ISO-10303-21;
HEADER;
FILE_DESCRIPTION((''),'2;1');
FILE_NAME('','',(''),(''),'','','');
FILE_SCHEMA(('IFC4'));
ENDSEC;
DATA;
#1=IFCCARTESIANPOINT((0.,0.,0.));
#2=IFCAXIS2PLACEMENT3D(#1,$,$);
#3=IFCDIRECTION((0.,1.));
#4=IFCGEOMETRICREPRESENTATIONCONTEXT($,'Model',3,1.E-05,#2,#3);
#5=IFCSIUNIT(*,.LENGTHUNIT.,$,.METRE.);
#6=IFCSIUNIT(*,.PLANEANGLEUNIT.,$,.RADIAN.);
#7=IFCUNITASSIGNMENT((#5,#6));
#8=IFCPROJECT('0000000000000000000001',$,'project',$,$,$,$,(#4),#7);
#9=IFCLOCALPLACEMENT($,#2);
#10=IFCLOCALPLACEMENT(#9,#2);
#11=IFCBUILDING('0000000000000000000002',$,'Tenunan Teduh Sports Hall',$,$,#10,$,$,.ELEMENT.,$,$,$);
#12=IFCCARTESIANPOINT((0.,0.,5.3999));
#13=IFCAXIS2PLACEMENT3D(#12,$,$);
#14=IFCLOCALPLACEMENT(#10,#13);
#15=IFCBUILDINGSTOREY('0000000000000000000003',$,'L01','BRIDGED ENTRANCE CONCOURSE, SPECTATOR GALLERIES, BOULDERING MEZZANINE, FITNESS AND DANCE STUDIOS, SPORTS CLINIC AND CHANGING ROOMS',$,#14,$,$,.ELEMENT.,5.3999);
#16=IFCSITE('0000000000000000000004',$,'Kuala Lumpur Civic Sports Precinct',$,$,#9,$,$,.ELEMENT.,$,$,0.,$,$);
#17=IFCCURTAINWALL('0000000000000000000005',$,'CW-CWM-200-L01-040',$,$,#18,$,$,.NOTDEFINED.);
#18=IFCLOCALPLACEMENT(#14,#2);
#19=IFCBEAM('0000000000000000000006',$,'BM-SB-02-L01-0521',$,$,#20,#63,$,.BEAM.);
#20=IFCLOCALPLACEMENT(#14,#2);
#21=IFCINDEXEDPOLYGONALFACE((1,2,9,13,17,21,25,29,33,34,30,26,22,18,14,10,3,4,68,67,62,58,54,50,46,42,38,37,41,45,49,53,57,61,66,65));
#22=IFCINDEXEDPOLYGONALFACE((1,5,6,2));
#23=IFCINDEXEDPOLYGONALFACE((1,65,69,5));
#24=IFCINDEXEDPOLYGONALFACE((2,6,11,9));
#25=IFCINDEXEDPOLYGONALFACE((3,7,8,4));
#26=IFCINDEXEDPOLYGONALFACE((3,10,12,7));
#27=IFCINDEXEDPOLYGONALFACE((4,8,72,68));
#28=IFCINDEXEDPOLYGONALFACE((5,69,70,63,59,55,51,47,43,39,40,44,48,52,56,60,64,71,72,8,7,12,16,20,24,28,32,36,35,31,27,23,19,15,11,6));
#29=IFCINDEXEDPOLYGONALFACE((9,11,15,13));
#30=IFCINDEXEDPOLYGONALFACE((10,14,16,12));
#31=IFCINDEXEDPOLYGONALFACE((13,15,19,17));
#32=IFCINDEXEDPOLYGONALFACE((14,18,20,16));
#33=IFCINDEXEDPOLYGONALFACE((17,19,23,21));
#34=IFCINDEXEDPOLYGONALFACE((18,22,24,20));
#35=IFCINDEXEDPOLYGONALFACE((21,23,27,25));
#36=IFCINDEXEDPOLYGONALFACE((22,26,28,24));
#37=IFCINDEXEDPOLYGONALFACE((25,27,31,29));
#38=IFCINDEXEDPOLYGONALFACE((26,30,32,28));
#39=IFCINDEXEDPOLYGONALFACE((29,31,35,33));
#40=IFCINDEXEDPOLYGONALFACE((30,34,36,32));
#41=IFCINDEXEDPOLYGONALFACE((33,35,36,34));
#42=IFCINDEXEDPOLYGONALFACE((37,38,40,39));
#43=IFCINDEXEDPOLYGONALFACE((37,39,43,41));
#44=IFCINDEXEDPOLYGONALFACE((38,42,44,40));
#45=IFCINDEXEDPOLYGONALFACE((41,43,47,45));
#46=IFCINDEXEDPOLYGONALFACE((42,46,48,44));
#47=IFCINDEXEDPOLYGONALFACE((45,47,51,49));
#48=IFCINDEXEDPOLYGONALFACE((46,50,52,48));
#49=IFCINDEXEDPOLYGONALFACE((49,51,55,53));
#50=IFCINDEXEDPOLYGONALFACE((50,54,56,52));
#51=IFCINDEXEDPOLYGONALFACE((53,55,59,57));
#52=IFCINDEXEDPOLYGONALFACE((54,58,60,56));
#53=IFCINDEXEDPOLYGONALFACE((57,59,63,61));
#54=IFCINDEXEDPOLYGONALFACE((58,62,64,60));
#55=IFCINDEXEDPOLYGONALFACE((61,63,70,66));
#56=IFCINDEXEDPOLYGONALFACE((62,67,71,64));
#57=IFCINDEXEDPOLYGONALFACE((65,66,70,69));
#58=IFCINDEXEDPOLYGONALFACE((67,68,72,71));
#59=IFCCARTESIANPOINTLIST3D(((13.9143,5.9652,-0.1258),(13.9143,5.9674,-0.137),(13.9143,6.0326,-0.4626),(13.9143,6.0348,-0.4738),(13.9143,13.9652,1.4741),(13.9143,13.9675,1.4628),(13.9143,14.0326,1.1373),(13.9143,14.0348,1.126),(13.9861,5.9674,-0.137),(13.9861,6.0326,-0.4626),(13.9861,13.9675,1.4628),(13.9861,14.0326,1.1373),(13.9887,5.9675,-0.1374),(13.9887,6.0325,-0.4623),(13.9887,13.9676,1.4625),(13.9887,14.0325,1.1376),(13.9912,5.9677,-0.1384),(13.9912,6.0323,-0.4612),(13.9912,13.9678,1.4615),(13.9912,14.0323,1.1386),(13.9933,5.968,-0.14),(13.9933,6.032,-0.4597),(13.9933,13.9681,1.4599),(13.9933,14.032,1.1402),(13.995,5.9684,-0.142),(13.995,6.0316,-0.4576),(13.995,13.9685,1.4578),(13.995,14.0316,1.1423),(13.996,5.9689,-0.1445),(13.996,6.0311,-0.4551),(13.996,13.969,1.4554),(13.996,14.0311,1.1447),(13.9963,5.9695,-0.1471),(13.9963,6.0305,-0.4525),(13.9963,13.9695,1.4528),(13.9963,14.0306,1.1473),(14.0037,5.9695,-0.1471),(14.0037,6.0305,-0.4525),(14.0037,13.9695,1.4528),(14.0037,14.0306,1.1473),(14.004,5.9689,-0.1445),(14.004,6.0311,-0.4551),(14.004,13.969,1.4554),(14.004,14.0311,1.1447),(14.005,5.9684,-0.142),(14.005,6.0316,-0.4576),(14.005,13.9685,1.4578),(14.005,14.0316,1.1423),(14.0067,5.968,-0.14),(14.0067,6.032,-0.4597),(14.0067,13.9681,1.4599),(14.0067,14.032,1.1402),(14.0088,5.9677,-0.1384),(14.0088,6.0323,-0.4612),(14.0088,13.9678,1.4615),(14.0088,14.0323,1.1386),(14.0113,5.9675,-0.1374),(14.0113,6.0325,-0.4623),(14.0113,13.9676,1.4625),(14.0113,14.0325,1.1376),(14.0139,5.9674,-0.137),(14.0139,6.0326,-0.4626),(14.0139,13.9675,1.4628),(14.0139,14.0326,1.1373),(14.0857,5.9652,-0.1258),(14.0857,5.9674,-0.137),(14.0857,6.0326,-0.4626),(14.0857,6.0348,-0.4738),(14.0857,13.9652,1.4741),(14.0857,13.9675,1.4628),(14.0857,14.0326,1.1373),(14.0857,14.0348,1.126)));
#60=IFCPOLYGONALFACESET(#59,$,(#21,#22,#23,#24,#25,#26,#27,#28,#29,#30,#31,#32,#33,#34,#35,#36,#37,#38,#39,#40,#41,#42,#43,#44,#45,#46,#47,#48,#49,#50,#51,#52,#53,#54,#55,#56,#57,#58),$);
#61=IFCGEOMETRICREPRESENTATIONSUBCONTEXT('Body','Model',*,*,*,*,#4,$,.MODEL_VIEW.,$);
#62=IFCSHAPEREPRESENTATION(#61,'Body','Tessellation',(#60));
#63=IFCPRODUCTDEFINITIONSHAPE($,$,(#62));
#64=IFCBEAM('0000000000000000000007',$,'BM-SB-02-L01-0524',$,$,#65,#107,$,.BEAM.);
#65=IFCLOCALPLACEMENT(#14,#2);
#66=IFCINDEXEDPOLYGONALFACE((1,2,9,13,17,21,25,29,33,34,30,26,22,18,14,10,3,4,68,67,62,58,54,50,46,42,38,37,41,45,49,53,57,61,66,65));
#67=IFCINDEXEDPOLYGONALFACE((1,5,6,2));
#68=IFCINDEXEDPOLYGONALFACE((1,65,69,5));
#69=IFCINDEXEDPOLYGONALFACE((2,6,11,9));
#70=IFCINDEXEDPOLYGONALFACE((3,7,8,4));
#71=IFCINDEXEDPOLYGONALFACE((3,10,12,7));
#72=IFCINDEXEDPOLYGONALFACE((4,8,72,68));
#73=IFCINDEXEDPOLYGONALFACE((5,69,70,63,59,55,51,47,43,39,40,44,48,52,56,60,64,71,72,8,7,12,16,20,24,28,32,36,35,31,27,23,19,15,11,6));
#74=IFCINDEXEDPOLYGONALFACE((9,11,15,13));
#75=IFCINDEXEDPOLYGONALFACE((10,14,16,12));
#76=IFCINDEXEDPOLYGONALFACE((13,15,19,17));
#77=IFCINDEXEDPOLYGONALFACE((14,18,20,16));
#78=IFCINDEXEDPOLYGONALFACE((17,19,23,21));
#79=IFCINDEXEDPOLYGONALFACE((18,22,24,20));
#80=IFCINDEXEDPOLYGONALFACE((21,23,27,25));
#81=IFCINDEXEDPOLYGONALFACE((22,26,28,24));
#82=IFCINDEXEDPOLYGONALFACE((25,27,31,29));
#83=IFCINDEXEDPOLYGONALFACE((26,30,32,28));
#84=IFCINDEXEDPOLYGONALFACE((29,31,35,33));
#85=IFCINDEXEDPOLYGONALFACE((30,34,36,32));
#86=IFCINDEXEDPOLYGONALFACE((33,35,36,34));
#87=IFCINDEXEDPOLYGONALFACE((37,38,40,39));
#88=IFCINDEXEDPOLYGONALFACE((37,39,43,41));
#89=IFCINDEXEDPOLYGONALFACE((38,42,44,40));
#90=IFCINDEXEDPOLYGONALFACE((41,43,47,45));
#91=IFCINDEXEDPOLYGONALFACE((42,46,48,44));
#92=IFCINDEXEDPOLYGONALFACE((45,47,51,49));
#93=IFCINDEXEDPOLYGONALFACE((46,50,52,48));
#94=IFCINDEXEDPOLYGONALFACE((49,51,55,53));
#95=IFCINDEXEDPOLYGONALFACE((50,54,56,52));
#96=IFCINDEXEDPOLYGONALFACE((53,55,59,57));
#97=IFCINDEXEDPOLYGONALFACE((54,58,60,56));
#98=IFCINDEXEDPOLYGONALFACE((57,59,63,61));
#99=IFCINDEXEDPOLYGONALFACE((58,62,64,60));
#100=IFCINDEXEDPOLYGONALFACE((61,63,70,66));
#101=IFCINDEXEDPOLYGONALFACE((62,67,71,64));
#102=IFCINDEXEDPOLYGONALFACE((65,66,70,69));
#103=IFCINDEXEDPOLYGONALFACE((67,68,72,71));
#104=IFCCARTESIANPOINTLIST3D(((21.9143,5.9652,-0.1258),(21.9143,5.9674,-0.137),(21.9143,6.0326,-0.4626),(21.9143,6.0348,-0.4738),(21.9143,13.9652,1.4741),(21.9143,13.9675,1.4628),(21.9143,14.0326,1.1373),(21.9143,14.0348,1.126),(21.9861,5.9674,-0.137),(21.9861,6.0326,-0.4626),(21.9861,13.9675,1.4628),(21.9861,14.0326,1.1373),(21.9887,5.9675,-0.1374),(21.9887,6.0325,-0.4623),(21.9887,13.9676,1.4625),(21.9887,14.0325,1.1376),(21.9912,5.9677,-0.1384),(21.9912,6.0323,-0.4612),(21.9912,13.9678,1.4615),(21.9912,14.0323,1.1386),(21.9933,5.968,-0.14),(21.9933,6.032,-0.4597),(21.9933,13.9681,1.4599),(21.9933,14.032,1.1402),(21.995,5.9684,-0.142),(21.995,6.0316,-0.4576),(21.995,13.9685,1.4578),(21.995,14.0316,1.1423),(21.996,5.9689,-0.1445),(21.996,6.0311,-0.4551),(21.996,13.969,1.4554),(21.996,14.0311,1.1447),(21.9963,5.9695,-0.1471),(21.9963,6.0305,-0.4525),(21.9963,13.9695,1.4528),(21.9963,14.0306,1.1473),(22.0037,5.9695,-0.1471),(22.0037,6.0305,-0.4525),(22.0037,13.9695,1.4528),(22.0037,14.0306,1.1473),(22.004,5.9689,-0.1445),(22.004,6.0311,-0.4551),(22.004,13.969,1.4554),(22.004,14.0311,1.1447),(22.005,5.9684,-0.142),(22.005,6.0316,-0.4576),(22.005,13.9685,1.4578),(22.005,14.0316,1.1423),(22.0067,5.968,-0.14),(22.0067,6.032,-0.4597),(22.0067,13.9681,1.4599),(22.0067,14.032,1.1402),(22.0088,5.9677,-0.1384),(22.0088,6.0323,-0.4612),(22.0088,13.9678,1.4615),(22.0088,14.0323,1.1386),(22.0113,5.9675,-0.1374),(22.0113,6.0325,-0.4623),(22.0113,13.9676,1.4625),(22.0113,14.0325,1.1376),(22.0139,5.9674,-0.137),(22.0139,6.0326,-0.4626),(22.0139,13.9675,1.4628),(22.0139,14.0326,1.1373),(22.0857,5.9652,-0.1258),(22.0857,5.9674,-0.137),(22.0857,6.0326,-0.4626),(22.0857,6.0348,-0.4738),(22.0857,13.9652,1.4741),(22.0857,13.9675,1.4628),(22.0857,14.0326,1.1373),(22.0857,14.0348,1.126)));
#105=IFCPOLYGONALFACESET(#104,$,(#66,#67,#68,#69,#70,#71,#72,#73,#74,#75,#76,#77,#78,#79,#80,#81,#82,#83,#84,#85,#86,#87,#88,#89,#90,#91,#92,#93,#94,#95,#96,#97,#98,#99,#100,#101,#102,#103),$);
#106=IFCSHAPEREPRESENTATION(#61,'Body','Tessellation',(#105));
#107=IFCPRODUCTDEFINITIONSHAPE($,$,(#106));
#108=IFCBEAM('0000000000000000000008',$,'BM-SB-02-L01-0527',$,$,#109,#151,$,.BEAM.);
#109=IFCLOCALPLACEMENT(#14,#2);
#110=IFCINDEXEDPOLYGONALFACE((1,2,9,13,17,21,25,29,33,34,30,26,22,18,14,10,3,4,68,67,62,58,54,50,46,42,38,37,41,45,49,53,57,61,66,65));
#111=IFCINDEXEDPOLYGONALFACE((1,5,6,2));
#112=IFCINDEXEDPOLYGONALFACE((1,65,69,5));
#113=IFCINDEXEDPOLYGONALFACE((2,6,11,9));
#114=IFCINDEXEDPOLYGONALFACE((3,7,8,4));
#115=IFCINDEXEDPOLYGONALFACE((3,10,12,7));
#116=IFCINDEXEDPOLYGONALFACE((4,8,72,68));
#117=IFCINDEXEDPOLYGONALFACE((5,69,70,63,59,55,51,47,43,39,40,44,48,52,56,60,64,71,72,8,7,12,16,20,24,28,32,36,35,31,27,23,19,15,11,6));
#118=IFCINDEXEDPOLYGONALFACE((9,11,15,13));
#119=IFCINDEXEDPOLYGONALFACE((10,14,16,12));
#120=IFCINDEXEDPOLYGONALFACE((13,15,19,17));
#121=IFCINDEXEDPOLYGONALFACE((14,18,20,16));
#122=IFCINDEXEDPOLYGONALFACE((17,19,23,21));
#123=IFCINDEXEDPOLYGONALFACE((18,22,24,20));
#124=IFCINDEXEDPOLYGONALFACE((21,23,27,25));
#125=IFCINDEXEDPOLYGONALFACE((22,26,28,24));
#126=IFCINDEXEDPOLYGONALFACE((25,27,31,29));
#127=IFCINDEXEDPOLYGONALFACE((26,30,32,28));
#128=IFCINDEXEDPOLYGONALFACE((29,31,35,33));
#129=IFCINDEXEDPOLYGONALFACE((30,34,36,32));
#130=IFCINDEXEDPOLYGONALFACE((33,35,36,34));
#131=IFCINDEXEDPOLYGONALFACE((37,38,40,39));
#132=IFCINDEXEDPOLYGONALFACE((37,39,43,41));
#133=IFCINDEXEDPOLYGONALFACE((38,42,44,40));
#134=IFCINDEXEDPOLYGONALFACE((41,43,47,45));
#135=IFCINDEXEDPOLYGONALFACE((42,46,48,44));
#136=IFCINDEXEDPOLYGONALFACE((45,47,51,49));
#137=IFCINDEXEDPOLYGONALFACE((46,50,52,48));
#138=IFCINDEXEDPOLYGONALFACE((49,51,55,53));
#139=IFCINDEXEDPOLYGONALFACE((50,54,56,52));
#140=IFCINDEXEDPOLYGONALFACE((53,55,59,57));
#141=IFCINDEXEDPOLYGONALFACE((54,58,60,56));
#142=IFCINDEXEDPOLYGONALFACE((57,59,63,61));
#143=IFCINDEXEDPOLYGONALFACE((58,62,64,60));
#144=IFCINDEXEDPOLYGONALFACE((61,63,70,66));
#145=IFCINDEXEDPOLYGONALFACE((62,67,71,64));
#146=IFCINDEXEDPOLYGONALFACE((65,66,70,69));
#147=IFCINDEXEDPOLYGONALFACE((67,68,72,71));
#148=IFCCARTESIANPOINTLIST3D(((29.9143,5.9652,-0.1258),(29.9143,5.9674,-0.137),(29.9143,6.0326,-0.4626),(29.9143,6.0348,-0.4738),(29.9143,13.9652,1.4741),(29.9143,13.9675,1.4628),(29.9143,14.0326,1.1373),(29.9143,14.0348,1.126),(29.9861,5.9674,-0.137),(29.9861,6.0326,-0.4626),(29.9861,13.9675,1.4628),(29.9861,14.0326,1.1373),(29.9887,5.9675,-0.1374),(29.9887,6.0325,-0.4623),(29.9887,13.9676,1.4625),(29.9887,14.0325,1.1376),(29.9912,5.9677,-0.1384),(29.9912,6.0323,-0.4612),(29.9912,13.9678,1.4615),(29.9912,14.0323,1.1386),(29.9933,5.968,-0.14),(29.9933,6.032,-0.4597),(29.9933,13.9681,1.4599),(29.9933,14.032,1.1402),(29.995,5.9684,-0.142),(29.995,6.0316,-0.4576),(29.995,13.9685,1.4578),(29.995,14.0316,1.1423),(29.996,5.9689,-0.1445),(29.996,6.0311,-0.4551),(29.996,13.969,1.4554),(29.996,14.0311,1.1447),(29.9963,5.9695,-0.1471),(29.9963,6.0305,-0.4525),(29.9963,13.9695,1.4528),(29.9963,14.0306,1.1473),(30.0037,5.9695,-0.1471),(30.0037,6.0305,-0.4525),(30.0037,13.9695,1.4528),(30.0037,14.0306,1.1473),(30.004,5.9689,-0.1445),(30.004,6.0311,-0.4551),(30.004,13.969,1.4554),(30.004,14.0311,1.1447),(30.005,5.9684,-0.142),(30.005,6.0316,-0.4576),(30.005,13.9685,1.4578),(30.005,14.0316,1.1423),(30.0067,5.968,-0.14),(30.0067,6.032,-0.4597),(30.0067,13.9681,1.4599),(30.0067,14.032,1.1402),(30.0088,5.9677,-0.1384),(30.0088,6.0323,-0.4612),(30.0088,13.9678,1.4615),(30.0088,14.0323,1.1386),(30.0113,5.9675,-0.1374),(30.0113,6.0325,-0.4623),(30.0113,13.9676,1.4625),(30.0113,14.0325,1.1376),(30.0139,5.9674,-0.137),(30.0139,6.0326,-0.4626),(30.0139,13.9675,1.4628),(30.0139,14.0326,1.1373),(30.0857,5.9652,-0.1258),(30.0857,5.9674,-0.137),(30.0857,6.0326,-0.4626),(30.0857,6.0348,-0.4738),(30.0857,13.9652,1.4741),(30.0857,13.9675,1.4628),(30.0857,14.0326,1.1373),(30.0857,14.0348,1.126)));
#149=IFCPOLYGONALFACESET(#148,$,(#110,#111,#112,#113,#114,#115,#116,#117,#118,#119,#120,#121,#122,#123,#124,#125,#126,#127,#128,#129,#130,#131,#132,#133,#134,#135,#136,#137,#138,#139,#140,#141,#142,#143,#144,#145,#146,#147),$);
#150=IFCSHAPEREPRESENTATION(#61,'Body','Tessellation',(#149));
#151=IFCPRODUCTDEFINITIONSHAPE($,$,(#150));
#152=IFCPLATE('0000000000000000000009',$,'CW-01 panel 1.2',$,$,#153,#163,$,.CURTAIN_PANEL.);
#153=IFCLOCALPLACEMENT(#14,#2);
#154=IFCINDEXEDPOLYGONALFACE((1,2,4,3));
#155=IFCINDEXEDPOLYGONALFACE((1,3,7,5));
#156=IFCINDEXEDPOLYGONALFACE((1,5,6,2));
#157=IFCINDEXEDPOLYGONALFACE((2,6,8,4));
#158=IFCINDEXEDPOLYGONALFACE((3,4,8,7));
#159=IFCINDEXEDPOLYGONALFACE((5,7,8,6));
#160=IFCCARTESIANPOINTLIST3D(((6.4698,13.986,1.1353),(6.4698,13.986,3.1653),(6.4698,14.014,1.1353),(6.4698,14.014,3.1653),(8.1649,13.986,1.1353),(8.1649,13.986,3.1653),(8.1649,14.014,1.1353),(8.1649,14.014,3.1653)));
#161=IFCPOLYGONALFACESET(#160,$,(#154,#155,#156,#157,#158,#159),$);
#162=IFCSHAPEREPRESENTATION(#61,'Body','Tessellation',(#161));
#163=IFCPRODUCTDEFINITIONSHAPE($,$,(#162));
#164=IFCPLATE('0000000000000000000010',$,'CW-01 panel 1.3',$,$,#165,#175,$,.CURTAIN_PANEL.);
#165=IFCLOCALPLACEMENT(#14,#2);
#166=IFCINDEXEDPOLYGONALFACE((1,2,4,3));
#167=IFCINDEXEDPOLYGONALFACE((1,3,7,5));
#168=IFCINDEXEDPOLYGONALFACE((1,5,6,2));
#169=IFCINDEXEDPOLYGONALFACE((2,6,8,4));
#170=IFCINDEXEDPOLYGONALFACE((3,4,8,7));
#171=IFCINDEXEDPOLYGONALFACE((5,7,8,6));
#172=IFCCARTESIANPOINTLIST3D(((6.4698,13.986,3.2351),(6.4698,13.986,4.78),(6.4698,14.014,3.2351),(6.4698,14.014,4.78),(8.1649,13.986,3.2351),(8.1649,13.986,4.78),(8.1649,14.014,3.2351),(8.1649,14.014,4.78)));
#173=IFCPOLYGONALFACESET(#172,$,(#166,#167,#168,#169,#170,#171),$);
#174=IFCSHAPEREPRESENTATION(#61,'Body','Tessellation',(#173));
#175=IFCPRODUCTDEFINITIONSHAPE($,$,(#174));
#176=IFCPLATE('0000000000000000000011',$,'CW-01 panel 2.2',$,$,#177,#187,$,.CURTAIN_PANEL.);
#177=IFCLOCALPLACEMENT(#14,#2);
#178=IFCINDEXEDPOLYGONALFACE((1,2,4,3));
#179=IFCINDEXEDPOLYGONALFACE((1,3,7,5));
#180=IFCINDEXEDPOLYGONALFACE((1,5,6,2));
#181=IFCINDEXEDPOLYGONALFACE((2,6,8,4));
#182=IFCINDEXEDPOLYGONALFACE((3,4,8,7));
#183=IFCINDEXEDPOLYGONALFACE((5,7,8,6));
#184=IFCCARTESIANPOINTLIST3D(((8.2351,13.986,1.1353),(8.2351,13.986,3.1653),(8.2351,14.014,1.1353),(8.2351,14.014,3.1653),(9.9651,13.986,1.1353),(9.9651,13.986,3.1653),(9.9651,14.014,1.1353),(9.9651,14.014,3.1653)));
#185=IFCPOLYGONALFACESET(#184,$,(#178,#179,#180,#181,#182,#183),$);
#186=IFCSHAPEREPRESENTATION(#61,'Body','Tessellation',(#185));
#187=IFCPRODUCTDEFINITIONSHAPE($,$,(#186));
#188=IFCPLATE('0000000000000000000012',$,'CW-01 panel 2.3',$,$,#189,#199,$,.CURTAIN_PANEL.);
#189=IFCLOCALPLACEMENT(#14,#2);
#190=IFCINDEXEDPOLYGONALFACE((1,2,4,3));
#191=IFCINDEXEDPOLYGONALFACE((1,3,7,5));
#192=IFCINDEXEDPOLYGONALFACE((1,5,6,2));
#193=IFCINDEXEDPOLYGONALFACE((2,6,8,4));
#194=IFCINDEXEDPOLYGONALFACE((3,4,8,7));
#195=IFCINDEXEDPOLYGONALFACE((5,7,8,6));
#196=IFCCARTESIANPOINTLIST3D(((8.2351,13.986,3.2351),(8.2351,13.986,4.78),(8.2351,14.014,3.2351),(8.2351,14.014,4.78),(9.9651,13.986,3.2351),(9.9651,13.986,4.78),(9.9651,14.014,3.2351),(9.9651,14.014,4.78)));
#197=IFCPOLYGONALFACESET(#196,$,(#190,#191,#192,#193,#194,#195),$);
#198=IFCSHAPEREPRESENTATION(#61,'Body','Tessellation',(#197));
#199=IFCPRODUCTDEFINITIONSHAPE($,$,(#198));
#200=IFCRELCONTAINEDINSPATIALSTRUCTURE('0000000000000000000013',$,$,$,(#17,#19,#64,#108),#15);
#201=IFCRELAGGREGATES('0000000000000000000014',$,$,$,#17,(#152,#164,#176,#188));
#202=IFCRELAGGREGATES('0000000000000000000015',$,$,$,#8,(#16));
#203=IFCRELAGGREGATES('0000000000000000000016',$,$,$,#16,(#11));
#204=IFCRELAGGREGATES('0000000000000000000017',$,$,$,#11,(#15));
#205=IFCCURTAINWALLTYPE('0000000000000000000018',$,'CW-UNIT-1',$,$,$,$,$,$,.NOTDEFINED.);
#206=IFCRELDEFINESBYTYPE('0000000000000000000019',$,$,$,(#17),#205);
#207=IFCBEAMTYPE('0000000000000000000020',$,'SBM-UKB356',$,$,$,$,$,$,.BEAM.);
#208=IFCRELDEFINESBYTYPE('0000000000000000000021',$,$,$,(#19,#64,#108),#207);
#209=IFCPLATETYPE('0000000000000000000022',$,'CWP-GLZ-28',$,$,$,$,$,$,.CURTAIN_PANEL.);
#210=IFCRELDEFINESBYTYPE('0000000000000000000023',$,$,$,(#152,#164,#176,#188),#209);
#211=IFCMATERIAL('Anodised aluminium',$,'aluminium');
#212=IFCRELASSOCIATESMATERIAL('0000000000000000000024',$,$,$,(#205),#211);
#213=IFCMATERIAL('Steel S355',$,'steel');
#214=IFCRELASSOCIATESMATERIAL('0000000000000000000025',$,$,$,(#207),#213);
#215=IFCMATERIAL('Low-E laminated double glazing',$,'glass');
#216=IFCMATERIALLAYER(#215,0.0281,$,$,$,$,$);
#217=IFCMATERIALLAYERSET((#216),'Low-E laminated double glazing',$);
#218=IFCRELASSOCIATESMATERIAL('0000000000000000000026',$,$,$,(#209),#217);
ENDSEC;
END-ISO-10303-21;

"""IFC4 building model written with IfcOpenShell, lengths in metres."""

from ifc_helpers import new_model, si_unit, direction, frame, origin, origin_2d, place, context, subcontext, project, spatial, rectangle, i_section, extrude, material, layer, layer_set, material_profile, profile_set, type_object, element, aggregate, save


model = new_model("IFC4")

# Units and contexts
model_context = context("Model", 3, precision=1e-05, world=origin(), true_north=direction((0.0, 1.0)))
body_context = subcontext(model_context, "Body", "Model", "MODEL_VIEW")
ifc_project = project(units=[si_unit("LENGTHUNIT", "METRE"), si_unit("PLANEANGLEUNIT", "RADIAN")], contexts=[model_context])

# Site, building, storey
site_placement = place(None, origin())
site = spatial("IfcSite", under=ifc_project, at=site_placement, Name="Kuala Lumpur Civic Sports Precinct", CompositionType="ELEMENT", RefElevation=0.0)
building_placement = place(site_placement, origin())
building = spatial("IfcBuilding", under=site, at=building_placement, Name="Tenunan Teduh Sports Hall", CompositionType="ELEMENT")
storey_placement = place(building_placement, frame((0.0, 0.0, 5.3999)))
storey = spatial("IfcBuildingStorey", under=building, at=storey_placement, Name="L01", Description="BRIDGED ENTRANCE CONCOURSE, SPECTATOR GALLERIES, BOULDERING MEZZANINE, FITNESS AND DANCE STUDIOS, SPORTS CLINIC AND CHANGING ROOMS", CompositionType="ELEMENT", Elevation=5.3999)

# Curtain wall
ifc_material_1 = material(Name="Anodised aluminium", Category="aluminium")
curtain_wall_type = type_object("IfcCurtainWallType", Name="CW-UNIT-1", PredefinedType="NOTDEFINED", material=ifc_material_1)
curtain_wall_placement = place(storey_placement, origin())
curtain_wall = element("IfcCurtainWall", 1, at=curtain_wall_placement, inside=storey, type_object=curtain_wall_type, Name="CW-CWM-200-L01-040", PredefinedType="NOTDEFINED")

# Beams
ifc_material_2 = material(Name="Steel S355", Category="steel")
ifc_material_profile_1 = material_profile(ifc_material_2, i_section(OverallWidth=0.1714, OverallDepth=0.355, WebThickness=0.0073, FlangeThickness=0.0115, FilletRadius=0.0103, at=origin_2d()), Name="UKB 356x171x51")
ifc_profile_set_1 = profile_set([ifc_material_profile_1], Name="Steel S355")
beam_type_1 = type_object("IfcBeamType", Name="SBM-UKB356", PredefinedType="BEAM", material=ifc_profile_set_1)
for number, where, z_axis, x_axis, name in (
    (2, (14.0, 6.0, -0.2998), (0.0, 0.980584, 0.196099), (-1.0, 0.0, 0.0), "BM-SB-02-L01-0521"),
    (3, (22.0, 6.0, -0.2998), (0.0, 0.980584, 0.196099), (-1.0, 0.0, 0.0), "BM-SB-02-L01-0524"),
    (4, (30.0, 6.0, -0.2998), (0.0, 0.980584, 0.196099), (-1.0, 0.0, 0.0), "BM-SB-02-L01-0527"),
):
    element("IfcBeam", number, at=place(storey_placement, frame(where, z_axis=z_axis, x_axis=x_axis)), inside=storey, type_object=beam_type_1, Name=name, PredefinedType="BEAM", context=body_context, shape_type="SweptSolid", body=[
        extrude(i_section(OverallWidth=0.1714, OverallDepth=0.355, WebThickness=0.0073, FlangeThickness=0.0115, FilletRadius=0.0103, at=origin_2d()), origin(), (0.0, 0.0, 1.0), 8.1584),
    ])

# Plates
ifc_material_3 = material(Name="Low-E laminated double glazing", Category="glass")
ifc_layer_1 = layer(ifc_material_3, 0.0281)
ifc_layer_set_1 = layer_set([ifc_layer_1], Name="Low-E laminated double glazing")
plate_type_1 = type_object("IfcPlateType", Name="CWP-GLZ-28", PredefinedType="CURTAIN_PANEL", material=ifc_layer_set_1)
plate_1_placement = place(storey_placement, frame((7.3174, 14.0, 1.1353), z_axis=(0.0, 0.0, 1.0), x_axis=(1.0, 0.0, 0.0)))
plate_1 = element("IfcPlate", 5, at=plate_1_placement, type_object=plate_type_1, Name="CW-01 panel 1.2", PredefinedType="CURTAIN_PANEL", context=body_context, shape_type="SweptSolid", body=[
    extrude(rectangle(XDim=1.6951, YDim=0.0281, at=origin_2d()), origin(), (0.0, 0.0, 1.0), 2.03),
])
plate_2_placement = place(storey_placement, frame((7.3174, 14.0, 3.2351), z_axis=(0.0, 0.0, 1.0), x_axis=(1.0, 0.0, 0.0)))
plate_2 = element("IfcPlate", 6, at=plate_2_placement, type_object=plate_type_1, Name="CW-01 panel 1.3", PredefinedType="CURTAIN_PANEL", context=body_context, shape_type="SweptSolid", body=[
    extrude(rectangle(XDim=1.6951, YDim=0.0281, at=origin_2d()), origin(), (0.0, 0.0, 1.0), 1.5449),
])
plate_3_placement = place(storey_placement, frame((9.1001, 14.0, 1.1353), z_axis=(0.0, 0.0, 1.0), x_axis=(1.0, 0.0, 0.0)))
plate_3 = element("IfcPlate", 7, at=plate_3_placement, type_object=plate_type_1, Name="CW-01 panel 2.2", PredefinedType="CURTAIN_PANEL", context=body_context, shape_type="SweptSolid", body=[
    extrude(rectangle(XDim=1.73, YDim=0.0281, at=origin_2d()), origin(), (0.0, 0.0, 1.0), 2.03),
])
plate_4_placement = place(storey_placement, frame((9.1001, 14.0, 3.2351), z_axis=(0.0, 0.0, 1.0), x_axis=(1.0, 0.0, 0.0)))
plate_4 = element("IfcPlate", 8, at=plate_4_placement, type_object=plate_type_1, Name="CW-01 panel 2.3", PredefinedType="CURTAIN_PANEL", context=body_context, shape_type="SweptSolid", body=[
    extrude(rectangle(XDim=1.73, YDim=0.0281, at=origin_2d()), origin(), (0.0, 0.0, 1.0), 1.5449),
])
aggregate(curtain_wall, [plate_1, plate_2, plate_3, plate_4])

save(model, "model.ifc")
